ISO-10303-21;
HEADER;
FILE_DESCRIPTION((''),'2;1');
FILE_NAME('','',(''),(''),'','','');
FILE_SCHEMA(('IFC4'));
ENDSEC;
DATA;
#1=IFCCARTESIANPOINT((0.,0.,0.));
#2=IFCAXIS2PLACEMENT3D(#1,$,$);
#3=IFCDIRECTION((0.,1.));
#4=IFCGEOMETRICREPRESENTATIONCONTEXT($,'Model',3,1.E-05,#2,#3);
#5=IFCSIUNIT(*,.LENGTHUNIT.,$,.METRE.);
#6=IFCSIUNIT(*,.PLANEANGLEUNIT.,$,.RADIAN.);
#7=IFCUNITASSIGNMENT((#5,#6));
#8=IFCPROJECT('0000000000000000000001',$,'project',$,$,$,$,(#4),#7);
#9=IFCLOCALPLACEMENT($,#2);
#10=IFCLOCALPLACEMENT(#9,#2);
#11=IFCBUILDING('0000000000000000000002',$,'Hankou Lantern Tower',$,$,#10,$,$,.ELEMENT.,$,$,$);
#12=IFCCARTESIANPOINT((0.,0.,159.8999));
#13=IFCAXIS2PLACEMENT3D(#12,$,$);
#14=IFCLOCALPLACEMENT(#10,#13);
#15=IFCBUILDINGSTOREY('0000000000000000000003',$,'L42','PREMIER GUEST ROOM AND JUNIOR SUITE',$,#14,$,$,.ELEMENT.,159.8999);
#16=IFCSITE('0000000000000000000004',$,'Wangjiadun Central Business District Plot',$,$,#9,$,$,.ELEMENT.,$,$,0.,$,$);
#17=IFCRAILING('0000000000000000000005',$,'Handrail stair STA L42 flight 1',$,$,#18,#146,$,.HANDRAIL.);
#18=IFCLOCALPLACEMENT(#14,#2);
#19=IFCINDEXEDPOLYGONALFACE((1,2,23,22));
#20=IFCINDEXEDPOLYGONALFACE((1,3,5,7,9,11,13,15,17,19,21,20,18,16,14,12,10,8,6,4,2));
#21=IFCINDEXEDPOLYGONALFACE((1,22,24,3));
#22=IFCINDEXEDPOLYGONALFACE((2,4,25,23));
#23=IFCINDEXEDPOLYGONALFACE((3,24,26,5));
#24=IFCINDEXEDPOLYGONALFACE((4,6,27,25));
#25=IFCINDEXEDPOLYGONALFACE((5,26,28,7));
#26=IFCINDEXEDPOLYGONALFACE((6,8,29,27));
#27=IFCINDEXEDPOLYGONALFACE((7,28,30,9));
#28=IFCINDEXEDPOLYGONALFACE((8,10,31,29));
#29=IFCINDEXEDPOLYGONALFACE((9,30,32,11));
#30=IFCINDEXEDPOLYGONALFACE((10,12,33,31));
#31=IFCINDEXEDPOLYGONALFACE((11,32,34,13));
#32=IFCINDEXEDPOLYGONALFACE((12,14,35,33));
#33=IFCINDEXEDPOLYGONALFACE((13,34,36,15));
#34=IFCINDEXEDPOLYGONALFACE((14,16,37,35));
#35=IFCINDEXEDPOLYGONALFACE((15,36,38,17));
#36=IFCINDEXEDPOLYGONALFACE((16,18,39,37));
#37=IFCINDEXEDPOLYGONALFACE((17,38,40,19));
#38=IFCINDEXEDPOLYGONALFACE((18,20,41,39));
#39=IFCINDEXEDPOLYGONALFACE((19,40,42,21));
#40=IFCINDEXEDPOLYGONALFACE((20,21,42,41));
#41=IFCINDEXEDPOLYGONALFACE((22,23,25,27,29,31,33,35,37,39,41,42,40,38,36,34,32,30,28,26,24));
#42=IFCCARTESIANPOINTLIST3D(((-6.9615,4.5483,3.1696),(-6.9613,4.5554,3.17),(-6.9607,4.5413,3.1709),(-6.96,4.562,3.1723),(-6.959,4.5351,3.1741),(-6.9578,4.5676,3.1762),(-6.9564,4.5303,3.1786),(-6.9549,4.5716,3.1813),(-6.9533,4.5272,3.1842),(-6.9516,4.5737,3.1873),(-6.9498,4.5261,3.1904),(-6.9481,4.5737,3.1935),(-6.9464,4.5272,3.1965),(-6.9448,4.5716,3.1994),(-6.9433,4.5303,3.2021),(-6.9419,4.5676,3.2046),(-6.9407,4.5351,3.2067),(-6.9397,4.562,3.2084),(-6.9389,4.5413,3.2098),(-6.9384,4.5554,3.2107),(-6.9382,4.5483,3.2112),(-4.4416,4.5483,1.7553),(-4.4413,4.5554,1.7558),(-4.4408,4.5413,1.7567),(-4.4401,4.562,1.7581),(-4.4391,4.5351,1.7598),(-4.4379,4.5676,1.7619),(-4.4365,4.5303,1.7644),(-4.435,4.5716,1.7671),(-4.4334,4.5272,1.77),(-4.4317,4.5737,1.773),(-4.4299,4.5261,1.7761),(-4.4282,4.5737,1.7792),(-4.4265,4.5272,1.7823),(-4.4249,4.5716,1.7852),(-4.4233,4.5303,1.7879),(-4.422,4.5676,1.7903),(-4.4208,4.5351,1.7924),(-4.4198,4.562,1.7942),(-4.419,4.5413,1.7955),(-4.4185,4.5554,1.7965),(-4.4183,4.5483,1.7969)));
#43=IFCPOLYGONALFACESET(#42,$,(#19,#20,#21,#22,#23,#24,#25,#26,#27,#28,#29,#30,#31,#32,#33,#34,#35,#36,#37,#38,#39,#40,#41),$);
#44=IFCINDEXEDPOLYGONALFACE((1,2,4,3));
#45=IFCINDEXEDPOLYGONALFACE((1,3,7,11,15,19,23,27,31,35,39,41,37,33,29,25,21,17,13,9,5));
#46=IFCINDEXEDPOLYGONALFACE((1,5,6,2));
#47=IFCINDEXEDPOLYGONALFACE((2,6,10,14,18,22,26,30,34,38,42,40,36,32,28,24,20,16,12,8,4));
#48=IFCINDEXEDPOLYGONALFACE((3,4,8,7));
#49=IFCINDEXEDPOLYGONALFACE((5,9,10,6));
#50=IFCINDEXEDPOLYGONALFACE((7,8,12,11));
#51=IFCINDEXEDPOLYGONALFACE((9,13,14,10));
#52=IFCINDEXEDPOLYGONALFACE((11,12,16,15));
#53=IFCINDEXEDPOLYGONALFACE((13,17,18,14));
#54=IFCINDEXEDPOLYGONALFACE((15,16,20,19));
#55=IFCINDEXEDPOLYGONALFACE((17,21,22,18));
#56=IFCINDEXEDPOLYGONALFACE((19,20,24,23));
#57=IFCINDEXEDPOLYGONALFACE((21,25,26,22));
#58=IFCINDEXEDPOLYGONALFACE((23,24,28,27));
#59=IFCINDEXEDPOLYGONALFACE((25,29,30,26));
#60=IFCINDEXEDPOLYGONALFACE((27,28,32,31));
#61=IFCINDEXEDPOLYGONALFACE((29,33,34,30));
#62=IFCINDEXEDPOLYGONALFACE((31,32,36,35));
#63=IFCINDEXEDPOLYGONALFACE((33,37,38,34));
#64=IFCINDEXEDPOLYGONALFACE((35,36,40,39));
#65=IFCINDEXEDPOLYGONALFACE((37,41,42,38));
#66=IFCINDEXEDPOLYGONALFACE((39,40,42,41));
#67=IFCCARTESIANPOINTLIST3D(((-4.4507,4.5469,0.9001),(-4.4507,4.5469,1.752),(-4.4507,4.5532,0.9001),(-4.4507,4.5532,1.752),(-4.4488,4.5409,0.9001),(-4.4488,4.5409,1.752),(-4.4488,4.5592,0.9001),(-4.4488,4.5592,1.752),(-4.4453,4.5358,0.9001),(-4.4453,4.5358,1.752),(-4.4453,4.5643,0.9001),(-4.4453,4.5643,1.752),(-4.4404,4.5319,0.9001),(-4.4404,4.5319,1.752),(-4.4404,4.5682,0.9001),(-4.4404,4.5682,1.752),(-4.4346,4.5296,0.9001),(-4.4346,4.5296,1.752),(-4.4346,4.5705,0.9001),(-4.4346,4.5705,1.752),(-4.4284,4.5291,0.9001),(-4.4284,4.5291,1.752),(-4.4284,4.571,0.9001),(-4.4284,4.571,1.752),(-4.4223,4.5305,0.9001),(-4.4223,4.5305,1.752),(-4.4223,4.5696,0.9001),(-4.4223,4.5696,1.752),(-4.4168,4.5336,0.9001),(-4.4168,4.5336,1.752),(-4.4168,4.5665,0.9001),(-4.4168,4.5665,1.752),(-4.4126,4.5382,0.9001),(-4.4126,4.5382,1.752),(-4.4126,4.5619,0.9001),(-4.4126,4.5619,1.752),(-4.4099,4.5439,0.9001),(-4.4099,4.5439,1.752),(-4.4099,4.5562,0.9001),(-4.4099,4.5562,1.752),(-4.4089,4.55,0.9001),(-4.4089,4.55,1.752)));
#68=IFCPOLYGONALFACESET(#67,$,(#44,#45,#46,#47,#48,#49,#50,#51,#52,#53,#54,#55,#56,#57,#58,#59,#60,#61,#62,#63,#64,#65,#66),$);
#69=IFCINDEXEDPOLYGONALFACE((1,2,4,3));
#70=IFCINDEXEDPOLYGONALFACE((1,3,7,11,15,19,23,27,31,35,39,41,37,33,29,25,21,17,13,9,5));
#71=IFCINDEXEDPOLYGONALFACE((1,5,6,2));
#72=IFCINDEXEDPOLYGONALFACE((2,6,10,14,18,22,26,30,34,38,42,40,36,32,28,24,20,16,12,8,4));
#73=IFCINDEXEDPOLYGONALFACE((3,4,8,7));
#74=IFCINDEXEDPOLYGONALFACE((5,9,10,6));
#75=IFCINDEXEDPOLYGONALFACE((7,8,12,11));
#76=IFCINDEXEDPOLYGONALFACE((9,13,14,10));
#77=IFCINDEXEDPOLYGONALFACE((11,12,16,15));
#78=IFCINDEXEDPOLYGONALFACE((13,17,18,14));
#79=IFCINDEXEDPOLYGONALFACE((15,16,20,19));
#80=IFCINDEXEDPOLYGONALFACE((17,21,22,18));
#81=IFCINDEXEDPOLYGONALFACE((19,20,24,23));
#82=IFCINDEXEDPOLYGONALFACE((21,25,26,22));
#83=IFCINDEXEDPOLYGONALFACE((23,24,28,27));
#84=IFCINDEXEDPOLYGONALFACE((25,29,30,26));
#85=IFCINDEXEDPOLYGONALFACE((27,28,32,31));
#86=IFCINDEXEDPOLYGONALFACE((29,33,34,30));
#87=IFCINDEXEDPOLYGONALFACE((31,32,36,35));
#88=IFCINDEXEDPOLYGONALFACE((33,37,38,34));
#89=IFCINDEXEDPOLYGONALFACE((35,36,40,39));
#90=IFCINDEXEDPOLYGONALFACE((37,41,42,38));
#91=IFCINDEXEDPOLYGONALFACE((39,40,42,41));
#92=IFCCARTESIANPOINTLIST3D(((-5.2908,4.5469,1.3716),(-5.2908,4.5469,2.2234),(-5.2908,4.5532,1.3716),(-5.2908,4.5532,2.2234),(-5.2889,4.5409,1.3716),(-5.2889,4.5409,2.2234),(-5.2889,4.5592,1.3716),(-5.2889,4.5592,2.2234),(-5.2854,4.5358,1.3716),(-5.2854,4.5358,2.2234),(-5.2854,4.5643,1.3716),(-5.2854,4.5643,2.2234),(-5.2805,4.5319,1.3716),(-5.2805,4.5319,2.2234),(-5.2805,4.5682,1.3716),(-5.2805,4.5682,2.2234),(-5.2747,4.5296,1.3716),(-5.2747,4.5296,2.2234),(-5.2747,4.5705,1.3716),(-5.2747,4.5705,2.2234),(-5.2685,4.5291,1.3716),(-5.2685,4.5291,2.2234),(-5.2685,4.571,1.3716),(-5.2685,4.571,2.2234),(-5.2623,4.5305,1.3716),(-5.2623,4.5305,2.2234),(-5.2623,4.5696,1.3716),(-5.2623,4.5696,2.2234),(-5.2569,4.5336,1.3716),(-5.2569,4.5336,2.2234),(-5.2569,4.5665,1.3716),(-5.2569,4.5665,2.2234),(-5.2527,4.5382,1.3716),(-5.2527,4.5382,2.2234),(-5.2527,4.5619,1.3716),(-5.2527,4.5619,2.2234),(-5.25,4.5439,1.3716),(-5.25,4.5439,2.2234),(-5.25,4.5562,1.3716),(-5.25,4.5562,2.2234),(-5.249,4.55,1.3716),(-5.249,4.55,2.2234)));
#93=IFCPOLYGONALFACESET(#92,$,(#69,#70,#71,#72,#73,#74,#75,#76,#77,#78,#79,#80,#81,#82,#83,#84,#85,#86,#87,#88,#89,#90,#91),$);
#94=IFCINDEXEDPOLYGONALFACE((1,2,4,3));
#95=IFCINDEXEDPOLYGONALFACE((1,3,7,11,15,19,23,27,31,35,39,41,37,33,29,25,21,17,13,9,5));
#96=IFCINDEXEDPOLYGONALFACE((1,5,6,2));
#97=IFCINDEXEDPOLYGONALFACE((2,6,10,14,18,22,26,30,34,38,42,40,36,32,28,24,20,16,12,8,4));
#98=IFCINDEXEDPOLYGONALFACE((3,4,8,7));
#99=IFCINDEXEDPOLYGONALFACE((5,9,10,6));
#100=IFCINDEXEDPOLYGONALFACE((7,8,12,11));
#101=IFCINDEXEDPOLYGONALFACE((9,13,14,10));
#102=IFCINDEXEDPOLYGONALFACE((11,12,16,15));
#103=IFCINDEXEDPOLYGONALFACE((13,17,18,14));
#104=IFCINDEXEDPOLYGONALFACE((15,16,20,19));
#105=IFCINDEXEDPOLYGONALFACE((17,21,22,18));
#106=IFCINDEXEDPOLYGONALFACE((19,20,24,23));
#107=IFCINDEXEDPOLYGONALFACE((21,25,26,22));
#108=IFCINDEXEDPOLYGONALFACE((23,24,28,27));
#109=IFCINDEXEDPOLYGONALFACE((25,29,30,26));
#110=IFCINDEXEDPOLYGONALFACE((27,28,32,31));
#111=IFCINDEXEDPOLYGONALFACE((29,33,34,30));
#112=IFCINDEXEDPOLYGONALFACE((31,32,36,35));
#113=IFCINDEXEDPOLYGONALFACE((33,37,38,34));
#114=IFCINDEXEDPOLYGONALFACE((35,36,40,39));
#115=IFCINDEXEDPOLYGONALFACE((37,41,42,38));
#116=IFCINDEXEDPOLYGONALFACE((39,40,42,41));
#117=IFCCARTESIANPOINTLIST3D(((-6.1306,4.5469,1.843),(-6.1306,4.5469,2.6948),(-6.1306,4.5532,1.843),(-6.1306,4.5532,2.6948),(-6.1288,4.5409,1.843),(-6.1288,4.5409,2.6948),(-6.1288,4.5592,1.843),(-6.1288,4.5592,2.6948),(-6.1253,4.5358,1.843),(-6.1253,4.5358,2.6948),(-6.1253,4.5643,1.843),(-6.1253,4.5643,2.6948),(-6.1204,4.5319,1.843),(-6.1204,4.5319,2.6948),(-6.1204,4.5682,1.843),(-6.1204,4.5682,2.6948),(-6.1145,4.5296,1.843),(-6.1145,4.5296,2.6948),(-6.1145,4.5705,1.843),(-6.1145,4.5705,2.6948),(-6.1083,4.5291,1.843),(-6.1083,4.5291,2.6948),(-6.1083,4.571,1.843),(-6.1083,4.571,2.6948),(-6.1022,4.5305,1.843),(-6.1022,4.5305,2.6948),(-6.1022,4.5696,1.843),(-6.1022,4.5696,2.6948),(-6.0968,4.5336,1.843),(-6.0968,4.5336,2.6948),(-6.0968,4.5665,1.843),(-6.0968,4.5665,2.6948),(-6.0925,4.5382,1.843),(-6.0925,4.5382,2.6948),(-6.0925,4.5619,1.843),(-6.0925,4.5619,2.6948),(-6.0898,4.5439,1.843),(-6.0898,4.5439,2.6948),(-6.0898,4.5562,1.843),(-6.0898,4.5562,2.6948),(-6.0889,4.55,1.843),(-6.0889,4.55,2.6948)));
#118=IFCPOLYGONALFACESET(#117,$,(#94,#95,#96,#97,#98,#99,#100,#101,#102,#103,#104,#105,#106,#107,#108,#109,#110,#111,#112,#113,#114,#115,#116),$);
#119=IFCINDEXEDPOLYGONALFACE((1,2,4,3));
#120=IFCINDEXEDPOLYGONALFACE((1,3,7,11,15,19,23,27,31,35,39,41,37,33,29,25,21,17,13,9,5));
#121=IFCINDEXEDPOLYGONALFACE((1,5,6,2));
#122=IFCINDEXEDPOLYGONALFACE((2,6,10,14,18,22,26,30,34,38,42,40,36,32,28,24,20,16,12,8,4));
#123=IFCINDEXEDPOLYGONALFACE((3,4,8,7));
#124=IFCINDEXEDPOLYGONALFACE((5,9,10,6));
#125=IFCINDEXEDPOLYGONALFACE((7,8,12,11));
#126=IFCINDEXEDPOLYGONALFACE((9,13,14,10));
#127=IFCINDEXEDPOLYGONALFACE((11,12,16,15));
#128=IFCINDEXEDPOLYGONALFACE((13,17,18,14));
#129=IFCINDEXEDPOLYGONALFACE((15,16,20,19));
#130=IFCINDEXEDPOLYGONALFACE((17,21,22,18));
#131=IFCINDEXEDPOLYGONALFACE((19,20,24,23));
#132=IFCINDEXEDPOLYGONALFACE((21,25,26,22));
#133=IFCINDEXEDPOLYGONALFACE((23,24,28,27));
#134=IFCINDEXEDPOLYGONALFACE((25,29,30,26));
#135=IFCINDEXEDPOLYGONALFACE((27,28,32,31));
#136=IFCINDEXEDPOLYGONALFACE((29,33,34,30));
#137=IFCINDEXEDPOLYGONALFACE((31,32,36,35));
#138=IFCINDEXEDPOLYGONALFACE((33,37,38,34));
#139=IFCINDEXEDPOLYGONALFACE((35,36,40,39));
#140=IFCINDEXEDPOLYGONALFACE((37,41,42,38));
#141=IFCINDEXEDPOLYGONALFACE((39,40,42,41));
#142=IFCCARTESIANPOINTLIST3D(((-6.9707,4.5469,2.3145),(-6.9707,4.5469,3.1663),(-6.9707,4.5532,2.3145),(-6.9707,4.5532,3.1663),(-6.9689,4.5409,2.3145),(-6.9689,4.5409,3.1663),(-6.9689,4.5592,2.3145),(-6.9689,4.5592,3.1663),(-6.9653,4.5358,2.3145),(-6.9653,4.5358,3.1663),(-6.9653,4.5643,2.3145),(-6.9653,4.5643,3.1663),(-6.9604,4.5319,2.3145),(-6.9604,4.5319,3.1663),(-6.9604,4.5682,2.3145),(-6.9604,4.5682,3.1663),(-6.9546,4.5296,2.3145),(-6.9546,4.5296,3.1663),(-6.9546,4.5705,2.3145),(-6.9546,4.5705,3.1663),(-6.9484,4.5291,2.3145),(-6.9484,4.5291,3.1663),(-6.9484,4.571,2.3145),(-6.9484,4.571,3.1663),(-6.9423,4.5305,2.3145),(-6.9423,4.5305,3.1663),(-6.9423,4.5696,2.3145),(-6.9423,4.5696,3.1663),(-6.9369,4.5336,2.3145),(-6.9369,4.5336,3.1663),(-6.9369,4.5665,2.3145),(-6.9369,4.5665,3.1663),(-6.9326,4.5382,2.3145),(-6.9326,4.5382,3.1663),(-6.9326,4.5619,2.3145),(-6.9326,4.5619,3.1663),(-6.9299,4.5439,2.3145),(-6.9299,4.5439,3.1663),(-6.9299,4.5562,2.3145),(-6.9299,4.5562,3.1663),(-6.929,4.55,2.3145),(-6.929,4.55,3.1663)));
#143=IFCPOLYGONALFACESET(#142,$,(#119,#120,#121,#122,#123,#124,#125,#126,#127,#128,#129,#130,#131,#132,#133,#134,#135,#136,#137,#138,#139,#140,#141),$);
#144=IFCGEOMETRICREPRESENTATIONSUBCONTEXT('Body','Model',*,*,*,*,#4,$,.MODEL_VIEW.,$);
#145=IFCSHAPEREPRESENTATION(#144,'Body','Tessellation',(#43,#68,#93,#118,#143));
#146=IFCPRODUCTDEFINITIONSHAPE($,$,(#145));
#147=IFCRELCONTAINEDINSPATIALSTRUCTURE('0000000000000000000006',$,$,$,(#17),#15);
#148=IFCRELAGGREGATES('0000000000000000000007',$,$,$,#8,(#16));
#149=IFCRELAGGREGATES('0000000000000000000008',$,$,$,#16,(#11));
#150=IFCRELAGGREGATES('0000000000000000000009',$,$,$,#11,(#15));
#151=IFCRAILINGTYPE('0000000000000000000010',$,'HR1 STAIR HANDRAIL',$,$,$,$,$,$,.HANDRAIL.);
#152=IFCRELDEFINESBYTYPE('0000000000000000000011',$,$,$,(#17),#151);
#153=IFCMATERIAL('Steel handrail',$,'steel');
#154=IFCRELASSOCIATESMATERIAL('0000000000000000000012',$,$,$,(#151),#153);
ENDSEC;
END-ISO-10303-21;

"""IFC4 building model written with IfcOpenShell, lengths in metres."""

from ifc_helpers import new_model, si_unit, direction, frame, origin, origin_2d, place, context, subcontext, project, spatial, circle, extrude, material, type_object, element, save


model = new_model("IFC4")

# Units and contexts
model_context = context("Model", 3, precision=1e-05, world=origin(), true_north=direction((0.0, 1.0)))
body_context = subcontext(model_context, "Body", "Model", "MODEL_VIEW")
ifc_project = project(units=[si_unit("LENGTHUNIT", "METRE"), si_unit("PLANEANGLEUNIT", "RADIAN")], contexts=[model_context])

# Site, building, storey
site_placement = place(None, origin())
site = spatial("IfcSite", under=ifc_project, at=site_placement, Name="Wangjiadun Central Business District Plot", CompositionType="ELEMENT", RefElevation=0.0)
building_placement = place(site_placement, origin())
building = spatial("IfcBuilding", under=site, at=building_placement, Name="Hankou Lantern Tower", CompositionType="ELEMENT")
storey_placement = place(building_placement, frame((0.0, 0.0, 159.8999)))
storey = spatial("IfcBuildingStorey", under=building, at=storey_placement, Name="L42", Description="PREMIER GUEST ROOM AND JUNIOR SUITE", CompositionType="ELEMENT", Elevation=159.8999)

# Railing
ifc_material_1 = material(Name="Steel handrail", Category="steel")
railing_type = type_object("IfcRailingType", Name="HR1 STAIR HANDRAIL", PredefinedType="HANDRAIL", material=ifc_material_1)
railing_placement = place(storey_placement, frame((-4.4299, 4.55, 0.9001)))
element("IfcRailing", 1, at=railing_placement, inside=storey, type_object=railing_type, Name="Handrail stair STA L42 flight 1", PredefinedType="HANDRAIL", context=body_context, shape_type="SweptSolid", body=[
    extrude(circle(Radius=0.0239, at=origin_2d()), frame((0.0, 0.0, 0.876), z_axis=(-0.872049, 0.0, 0.489419), x_axis=(0.0, -1.0, 0.0)), (0.0, 0.0, 1.0), 2.8896),
    extrude(circle(Radius=0.021, at=origin_2d()), origin(), (0.0, 0.0, 1.0), 0.8518),
    extrude(circle(Radius=0.021, at=origin_2d()), frame((-0.8401, 0.0, 0.4714)), (0.0, 0.0, 1.0), 0.8518),
    extrude(circle(Radius=0.021, at=origin_2d()), frame((-1.6799, 0.0, 0.9429)), (0.0, 0.0, 1.0), 0.8518),
    extrude(circle(Radius=0.021, at=origin_2d()), frame((-2.52, 0.0, 1.4143)), (0.0, 0.0, 1.0), 0.8518),
])

save(model, "model.ifc")
